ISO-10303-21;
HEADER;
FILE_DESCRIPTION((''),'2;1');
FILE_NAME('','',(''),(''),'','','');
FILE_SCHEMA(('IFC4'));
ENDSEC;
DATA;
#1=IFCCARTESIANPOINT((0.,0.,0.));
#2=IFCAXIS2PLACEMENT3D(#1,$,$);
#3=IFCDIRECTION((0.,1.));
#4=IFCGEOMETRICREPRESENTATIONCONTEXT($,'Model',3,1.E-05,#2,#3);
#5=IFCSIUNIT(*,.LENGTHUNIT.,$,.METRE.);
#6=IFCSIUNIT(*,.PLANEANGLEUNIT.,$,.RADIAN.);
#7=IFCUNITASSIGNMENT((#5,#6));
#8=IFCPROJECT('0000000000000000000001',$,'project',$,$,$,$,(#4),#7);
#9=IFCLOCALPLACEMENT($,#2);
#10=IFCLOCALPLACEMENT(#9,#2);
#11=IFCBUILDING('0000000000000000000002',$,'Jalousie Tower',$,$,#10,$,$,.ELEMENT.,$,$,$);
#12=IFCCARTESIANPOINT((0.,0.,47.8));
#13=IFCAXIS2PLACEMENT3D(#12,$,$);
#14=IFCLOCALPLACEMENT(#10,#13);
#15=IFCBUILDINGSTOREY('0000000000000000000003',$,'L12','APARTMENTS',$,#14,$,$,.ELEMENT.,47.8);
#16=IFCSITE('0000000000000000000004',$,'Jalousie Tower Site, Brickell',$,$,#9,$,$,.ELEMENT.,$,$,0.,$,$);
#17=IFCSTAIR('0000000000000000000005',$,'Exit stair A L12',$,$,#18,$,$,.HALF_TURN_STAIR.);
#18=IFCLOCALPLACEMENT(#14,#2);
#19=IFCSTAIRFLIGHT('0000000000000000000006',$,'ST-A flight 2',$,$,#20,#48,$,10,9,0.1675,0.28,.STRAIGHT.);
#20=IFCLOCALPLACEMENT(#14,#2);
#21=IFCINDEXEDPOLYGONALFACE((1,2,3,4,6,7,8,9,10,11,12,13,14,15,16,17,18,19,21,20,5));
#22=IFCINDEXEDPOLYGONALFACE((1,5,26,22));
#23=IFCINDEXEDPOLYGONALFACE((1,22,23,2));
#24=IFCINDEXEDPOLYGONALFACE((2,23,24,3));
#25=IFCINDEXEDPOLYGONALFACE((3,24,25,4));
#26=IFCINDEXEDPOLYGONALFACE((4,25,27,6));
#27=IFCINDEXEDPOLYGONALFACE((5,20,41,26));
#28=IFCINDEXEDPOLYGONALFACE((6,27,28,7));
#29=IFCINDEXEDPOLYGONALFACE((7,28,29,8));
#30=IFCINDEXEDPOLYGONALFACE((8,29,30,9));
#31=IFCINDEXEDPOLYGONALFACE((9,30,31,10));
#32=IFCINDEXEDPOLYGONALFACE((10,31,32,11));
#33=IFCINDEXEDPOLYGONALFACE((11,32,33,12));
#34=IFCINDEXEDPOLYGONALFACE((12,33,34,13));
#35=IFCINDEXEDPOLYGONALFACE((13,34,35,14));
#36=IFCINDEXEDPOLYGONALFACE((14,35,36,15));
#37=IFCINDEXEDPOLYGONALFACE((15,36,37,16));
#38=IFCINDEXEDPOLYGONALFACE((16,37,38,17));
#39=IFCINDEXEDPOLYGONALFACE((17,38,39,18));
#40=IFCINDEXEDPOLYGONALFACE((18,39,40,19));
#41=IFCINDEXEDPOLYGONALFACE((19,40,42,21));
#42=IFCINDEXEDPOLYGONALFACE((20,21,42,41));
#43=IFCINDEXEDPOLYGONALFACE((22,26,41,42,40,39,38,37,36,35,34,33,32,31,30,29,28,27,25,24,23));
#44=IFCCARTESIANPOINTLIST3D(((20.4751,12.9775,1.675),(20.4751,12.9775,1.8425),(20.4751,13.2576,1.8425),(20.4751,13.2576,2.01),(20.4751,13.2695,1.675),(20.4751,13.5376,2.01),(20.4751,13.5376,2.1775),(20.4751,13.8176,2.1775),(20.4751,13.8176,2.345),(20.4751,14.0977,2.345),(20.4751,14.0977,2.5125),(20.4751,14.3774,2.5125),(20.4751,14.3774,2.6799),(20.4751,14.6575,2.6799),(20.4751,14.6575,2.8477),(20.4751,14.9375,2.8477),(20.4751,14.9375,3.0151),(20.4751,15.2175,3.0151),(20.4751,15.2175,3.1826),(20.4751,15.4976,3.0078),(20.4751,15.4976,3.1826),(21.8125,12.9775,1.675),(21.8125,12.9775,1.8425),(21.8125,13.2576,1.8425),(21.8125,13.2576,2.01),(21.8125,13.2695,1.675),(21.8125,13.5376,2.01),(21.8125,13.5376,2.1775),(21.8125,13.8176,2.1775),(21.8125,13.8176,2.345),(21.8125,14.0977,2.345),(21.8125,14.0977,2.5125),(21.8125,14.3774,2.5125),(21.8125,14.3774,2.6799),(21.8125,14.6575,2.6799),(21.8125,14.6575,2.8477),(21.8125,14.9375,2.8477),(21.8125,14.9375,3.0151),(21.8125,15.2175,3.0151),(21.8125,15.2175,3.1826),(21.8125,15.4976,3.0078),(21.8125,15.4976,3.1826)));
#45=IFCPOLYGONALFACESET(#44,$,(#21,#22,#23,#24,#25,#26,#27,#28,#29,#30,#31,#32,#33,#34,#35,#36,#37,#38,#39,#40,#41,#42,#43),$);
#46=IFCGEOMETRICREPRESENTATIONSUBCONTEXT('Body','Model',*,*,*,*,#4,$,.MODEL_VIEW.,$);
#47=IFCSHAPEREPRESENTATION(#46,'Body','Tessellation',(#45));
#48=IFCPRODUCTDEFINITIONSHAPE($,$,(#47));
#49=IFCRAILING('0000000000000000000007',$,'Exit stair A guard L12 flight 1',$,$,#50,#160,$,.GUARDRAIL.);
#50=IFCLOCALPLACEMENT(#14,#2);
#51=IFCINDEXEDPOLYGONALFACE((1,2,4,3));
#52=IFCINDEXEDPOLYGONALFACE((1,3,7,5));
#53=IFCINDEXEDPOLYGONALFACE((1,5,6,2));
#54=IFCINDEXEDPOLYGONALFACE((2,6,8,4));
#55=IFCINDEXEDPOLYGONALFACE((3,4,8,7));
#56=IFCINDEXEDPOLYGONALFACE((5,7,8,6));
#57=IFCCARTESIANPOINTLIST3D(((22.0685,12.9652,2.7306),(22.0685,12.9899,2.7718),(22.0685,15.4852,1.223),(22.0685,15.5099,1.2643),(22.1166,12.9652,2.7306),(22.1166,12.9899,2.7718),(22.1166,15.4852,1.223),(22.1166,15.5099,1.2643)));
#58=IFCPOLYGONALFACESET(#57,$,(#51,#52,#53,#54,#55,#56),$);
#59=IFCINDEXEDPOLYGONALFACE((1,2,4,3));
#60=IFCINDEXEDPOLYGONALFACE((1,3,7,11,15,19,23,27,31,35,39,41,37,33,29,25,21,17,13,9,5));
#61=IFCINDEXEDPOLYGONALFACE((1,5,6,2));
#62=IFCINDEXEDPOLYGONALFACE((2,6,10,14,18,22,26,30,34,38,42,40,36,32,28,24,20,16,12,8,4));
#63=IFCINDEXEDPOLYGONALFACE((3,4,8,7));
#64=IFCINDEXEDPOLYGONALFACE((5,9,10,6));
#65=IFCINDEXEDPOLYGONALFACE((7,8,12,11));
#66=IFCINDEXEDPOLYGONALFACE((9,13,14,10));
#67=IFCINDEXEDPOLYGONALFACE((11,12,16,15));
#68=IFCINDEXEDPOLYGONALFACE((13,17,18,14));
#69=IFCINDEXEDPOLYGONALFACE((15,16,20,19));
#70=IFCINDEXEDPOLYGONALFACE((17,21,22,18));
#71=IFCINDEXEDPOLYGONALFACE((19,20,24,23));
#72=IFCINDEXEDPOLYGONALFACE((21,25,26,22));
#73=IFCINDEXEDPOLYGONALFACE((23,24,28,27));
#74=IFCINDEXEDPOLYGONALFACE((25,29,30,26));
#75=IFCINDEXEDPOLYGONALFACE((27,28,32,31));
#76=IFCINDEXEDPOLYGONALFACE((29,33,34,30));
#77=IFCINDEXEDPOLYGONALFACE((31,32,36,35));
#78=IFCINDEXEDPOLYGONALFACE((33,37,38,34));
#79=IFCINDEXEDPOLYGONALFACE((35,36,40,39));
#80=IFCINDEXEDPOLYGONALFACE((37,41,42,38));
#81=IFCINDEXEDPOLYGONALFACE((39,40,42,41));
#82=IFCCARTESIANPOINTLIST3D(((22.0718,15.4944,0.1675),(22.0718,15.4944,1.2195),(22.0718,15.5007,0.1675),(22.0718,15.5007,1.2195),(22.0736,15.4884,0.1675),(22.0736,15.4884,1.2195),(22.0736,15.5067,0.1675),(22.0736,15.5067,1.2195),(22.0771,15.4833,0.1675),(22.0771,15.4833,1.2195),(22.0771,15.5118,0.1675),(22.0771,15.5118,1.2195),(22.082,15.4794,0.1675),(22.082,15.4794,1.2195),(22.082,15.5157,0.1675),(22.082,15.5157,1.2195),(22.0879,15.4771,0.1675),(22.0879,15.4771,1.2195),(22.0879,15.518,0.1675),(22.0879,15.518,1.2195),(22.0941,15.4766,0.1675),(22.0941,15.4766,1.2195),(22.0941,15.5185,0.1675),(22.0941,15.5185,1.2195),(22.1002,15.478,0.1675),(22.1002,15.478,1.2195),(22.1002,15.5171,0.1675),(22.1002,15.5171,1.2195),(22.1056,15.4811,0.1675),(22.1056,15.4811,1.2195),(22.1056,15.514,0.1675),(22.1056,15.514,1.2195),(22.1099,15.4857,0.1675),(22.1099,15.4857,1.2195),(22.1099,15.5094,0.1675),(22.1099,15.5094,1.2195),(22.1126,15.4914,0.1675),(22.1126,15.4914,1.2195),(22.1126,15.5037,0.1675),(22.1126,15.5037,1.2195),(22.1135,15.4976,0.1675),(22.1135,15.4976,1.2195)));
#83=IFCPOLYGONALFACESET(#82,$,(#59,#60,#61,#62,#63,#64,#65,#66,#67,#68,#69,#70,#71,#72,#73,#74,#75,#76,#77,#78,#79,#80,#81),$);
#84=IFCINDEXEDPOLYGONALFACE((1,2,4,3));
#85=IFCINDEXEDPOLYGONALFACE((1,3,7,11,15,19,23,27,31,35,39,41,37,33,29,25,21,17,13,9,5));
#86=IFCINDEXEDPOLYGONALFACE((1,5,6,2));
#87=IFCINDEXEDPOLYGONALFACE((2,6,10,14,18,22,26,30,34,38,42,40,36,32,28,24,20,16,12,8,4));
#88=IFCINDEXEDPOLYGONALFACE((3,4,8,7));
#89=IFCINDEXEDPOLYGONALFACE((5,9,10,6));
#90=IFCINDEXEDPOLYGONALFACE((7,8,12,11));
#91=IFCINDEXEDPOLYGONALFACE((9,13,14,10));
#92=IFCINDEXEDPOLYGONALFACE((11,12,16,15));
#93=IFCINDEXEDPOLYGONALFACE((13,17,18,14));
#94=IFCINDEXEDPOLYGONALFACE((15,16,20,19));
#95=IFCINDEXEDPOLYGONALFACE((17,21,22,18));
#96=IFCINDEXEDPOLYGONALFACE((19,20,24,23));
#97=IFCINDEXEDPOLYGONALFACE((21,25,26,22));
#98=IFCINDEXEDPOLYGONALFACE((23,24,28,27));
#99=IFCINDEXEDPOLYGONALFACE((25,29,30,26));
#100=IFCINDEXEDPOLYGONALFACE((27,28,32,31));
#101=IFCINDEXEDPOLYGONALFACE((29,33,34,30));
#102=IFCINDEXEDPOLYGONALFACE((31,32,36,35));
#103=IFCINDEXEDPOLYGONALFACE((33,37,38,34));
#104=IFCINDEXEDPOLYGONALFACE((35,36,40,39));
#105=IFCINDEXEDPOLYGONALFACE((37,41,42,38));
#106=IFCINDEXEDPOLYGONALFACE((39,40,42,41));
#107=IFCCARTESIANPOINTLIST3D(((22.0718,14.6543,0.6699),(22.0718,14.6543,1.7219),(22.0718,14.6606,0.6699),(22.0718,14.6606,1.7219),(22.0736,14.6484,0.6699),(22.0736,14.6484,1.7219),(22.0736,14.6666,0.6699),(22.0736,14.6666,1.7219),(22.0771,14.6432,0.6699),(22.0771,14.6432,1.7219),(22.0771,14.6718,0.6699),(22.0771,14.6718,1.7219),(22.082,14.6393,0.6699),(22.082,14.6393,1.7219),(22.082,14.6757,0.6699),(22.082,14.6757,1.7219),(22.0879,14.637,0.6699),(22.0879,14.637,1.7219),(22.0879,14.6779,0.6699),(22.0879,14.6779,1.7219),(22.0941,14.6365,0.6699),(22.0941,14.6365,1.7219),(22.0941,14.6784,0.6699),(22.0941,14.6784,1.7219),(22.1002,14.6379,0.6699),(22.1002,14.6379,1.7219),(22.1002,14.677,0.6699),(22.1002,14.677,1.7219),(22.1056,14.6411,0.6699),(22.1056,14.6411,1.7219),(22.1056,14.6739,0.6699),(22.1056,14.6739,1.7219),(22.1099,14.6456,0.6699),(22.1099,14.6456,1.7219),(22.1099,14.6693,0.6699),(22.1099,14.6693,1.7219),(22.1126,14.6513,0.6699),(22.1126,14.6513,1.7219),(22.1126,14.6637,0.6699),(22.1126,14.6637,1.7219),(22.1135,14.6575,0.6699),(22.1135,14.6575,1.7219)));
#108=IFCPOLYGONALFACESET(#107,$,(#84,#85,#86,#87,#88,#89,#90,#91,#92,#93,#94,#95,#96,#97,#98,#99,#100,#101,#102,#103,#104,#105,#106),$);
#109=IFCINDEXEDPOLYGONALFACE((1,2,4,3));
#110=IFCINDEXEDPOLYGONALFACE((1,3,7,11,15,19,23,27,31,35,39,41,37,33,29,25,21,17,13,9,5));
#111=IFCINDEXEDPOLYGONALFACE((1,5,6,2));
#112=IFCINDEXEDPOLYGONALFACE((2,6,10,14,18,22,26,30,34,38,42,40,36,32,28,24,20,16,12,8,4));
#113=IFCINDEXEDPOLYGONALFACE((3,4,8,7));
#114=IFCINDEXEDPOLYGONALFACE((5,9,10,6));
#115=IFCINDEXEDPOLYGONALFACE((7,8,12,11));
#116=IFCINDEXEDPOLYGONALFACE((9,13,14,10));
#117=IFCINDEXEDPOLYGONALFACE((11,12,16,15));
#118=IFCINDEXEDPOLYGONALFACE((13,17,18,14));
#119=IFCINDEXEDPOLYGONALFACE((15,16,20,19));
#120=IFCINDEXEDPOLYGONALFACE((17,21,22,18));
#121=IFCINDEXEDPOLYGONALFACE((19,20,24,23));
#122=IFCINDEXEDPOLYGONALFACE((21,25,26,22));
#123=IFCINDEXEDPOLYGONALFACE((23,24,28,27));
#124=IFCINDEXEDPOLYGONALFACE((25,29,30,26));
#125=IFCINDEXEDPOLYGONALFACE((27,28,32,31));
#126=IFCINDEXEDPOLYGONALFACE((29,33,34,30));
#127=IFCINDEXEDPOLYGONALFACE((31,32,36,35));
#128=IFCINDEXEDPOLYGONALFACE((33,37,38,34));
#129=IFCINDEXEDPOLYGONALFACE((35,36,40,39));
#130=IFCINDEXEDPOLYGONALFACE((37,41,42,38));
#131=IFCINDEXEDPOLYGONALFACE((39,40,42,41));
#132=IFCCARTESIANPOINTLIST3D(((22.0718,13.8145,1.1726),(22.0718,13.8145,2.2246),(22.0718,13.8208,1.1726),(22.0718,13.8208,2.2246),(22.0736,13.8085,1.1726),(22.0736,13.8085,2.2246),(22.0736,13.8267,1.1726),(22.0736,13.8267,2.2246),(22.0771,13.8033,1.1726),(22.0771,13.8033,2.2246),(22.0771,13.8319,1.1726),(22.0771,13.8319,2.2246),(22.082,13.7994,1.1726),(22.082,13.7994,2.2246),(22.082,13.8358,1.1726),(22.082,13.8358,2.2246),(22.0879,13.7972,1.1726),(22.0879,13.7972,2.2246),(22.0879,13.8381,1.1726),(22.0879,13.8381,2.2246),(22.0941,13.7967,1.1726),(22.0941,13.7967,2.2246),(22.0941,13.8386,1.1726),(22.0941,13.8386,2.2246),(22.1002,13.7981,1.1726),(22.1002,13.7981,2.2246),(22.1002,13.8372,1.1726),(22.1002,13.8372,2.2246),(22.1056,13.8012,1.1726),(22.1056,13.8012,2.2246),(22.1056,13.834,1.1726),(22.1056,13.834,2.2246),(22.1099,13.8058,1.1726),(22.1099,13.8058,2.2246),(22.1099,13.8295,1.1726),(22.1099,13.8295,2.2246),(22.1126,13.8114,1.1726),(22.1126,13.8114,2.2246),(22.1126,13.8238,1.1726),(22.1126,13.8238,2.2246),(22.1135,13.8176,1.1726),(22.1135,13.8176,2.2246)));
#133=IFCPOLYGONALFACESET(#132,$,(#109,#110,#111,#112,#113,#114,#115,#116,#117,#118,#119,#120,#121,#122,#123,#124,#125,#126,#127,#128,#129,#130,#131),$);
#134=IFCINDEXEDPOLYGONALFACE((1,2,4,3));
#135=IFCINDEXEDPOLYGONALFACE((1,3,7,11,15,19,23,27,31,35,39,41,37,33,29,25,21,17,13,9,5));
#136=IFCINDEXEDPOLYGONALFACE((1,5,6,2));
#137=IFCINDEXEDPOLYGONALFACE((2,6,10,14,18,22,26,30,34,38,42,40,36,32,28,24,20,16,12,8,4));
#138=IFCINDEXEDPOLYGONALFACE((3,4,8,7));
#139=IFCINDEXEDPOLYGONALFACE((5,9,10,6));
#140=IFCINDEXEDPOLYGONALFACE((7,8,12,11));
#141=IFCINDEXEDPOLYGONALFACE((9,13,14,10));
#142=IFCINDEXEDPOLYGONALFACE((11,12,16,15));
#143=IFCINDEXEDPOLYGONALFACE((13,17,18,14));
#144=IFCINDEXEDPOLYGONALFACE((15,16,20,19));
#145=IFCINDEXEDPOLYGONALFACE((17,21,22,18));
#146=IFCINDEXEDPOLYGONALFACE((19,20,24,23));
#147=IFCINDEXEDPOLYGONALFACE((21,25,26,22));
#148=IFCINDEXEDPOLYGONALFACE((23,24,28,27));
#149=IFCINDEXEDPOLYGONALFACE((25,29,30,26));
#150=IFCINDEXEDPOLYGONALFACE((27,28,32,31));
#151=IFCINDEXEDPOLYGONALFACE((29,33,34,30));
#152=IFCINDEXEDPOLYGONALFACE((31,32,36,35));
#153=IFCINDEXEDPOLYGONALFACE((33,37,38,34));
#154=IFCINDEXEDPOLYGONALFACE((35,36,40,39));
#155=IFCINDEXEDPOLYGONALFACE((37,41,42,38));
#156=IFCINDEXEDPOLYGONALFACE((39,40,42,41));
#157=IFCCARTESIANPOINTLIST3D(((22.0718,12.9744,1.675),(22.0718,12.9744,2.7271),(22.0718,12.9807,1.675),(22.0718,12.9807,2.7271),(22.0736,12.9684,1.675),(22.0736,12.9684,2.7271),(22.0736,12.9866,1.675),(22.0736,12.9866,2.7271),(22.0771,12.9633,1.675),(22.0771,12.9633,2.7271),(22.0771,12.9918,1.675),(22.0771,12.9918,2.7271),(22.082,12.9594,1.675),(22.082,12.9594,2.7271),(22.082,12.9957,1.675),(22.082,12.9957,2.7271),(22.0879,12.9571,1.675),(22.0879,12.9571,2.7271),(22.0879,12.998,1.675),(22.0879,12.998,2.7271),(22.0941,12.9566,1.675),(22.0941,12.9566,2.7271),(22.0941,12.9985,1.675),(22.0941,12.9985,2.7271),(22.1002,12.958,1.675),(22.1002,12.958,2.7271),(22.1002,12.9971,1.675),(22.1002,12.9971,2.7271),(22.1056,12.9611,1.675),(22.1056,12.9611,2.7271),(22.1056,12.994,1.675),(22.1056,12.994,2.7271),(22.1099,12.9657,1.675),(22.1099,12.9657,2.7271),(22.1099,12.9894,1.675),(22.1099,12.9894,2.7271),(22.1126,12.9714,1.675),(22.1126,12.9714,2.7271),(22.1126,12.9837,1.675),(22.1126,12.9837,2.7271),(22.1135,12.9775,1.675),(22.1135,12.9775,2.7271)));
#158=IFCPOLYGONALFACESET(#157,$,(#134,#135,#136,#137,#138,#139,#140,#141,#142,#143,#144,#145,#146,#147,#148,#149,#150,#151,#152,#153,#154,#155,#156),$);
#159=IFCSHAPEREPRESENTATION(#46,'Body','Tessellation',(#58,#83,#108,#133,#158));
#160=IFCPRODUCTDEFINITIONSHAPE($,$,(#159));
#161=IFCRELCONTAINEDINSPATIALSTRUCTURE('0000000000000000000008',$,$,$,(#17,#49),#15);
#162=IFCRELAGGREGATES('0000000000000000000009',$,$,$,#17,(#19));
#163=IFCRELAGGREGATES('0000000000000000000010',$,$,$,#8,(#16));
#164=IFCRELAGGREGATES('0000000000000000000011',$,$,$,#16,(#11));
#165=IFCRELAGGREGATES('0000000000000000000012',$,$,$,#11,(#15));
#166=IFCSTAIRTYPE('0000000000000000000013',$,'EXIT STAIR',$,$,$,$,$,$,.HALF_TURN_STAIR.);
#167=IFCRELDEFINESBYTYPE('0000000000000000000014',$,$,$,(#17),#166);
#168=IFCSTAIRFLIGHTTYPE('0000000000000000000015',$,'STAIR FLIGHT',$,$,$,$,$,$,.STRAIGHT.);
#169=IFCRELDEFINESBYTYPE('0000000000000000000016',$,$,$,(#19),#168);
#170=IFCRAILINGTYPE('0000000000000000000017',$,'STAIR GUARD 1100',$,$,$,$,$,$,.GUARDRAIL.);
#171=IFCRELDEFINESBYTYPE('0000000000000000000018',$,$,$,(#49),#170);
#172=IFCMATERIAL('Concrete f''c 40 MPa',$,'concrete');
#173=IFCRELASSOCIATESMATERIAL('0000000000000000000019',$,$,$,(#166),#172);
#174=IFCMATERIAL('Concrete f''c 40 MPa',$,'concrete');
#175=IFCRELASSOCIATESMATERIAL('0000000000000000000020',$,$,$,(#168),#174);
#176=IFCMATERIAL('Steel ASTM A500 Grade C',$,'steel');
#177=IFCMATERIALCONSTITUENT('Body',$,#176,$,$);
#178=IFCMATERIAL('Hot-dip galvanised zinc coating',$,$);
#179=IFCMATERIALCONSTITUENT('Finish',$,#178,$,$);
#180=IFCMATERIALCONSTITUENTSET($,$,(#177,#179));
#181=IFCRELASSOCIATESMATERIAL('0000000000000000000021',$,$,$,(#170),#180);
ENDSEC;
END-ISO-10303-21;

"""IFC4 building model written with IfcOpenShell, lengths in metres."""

from ifc_helpers import new_model, si_unit, direction, frame, origin, origin_2d, place, context, subcontext, project, spatial, polyline, rectangle, circle, outline, extrude, material, constituent, constituent_set, type_object, element, aggregate, save


model = new_model("IFC4")

# Units and contexts
model_context = context("Model", 3, precision=1e-05, world=origin(), true_north=direction((0.0, 1.0)))
body_context = subcontext(model_context, "Body", "Model", "MODEL_VIEW")
ifc_project = project(units=[si_unit("LENGTHUNIT", "METRE"), si_unit("PLANEANGLEUNIT", "RADIAN")], contexts=[model_context])

# Site, building, storey
site_placement = place(None, origin())
site = spatial("IfcSite", under=ifc_project, at=site_placement, Name="Jalousie Tower Site, Brickell", CompositionType="ELEMENT", RefElevation=0.0)
building_placement = place(site_placement, origin())
building = spatial("IfcBuilding", under=site, at=building_placement, Name="Jalousie Tower", CompositionType="ELEMENT")
storey_placement = place(building_placement, frame((0.0, 0.0, 47.8)))
storey = spatial("IfcBuildingStorey", under=building, at=storey_placement, Name="L12", Description="APARTMENTS", CompositionType="ELEMENT", Elevation=47.8)

# Stair, stair flight
ifc_material_1 = material(Name="Concrete f'c 40 MPa", Category="concrete")
stair_type = type_object("IfcStairType", Name="EXIT STAIR", PredefinedType="HALF_TURN_STAIR", material=ifc_material_1)
stair_placement = place(storey_placement, origin())
stair = element("IfcStair", 1, at=stair_placement, inside=storey, type_object=stair_type, Name="Exit stair A L12", PredefinedType="HALF_TURN_STAIR")
ifc_material_2 = material(Name="Concrete f'c 40 MPa", Category="concrete")
stair_flight_type = type_object("IfcStairFlightType", Name="STAIR FLIGHT", PredefinedType="STRAIGHT", material=ifc_material_2)
stair_flight_1_placement = place(storey_placement, frame((21.1438, 12.9775, 1.675), z_axis=(0.0, 0.0, 1.0), x_axis=(0.0, 1.0, 0.0)))
stair_flight_1 = element("IfcStairFlight", 2, at=stair_flight_1_placement, type_object=stair_flight_type, Name="ST-A flight 2", NumberOfRisers=10, NumberOfTreads=9, PredefinedType="STRAIGHT", RiserHeight=0.1675, TreadLength=0.28, context=body_context, shape_type="SweptSolid", body=[
    extrude(outline(polyline([(0.0, 0.0), (0.0, 0.1675), (0.28, 0.1675), (0.28, 0.335), (0.5601, 0.335), (0.5601, 0.5024), (0.8401, 0.5024), (0.8401, 0.6699), (1.1201, 0.6699), (1.1201, 0.8374), (1.3999, 0.8374), (1.3999, 1.0049), (1.6799, 1.0049), (1.6799, 1.1726), (1.96, 1.1726), (1.96, 1.3401), (2.24, 1.3401), (2.24, 1.5076), (2.52, 1.5076), (2.52, 1.675), (2.52, 1.3328), (0.292, 0.0), (0.0, 0.0)])), frame((0.0, 0.6687, 0.0), z_axis=(0.0, -1.0, 0.0), x_axis=(1.0, 0.0, 0.0)), (0.0, 0.0, 1.0), 1.3374),
])
aggregate(stair, [stair_flight_1])

# Railing
ifc_material_3 = material(Name="Steel ASTM A500 Grade C", Category="steel")
ifc_constituent_1 = constituent(ifc_material_3, Name="Body")
ifc_material_4 = material(Name="Hot-dip galvanised zinc coating")
ifc_constituent_2 = constituent(ifc_material_4, Name="Finish")
ifc_constituent_set_1 = constituent_set(constituents=[ifc_constituent_1, ifc_constituent_2])
railing_type_1 = type_object("IfcRailingType", Name="STAIR GUARD 1100", PredefinedType="GUARDRAIL", material=ifc_constituent_set_1)
railing_1_placement = place(storey_placement, frame((22.0925, 15.4976, 0.1675)))
element("IfcRailing", 3, at=railing_1_placement, inside=storey, type_object=railing_type_1, Name="Exit stair A guard L12 flight 1", PredefinedType="GUARDRAIL", context=body_context, shape_type="SweptSolid", body=[
    extrude(rectangle(XDim=0.0481, YDim=0.0481, at=origin_2d()), frame((0.0, 0.0, 1.0762), z_axis=(0.0, -0.85816, 0.513383), x_axis=(1.0, 0.0, 0.0)), (0.0, 0.0, 1.0), 2.9365),
    extrude(circle(Radius=0.021, at=origin_2d()), origin(), (0.0, 0.0, 1.0), 1.052),
    extrude(circle(Radius=0.021, at=origin_2d()), frame((0.0, -0.8401, 0.5024)), (0.0, 0.0, 1.0), 1.052),
    extrude(circle(Radius=0.021, at=origin_2d()), frame((0.0, -1.6799, 1.0051)), (0.0, 0.0, 1.0), 1.052),
    extrude(circle(Radius=0.021, at=origin_2d()), frame((0.0, -2.52, 1.5076)), (0.0, 0.0, 1.0), 1.052),
])

save(model, "model.ifc")
